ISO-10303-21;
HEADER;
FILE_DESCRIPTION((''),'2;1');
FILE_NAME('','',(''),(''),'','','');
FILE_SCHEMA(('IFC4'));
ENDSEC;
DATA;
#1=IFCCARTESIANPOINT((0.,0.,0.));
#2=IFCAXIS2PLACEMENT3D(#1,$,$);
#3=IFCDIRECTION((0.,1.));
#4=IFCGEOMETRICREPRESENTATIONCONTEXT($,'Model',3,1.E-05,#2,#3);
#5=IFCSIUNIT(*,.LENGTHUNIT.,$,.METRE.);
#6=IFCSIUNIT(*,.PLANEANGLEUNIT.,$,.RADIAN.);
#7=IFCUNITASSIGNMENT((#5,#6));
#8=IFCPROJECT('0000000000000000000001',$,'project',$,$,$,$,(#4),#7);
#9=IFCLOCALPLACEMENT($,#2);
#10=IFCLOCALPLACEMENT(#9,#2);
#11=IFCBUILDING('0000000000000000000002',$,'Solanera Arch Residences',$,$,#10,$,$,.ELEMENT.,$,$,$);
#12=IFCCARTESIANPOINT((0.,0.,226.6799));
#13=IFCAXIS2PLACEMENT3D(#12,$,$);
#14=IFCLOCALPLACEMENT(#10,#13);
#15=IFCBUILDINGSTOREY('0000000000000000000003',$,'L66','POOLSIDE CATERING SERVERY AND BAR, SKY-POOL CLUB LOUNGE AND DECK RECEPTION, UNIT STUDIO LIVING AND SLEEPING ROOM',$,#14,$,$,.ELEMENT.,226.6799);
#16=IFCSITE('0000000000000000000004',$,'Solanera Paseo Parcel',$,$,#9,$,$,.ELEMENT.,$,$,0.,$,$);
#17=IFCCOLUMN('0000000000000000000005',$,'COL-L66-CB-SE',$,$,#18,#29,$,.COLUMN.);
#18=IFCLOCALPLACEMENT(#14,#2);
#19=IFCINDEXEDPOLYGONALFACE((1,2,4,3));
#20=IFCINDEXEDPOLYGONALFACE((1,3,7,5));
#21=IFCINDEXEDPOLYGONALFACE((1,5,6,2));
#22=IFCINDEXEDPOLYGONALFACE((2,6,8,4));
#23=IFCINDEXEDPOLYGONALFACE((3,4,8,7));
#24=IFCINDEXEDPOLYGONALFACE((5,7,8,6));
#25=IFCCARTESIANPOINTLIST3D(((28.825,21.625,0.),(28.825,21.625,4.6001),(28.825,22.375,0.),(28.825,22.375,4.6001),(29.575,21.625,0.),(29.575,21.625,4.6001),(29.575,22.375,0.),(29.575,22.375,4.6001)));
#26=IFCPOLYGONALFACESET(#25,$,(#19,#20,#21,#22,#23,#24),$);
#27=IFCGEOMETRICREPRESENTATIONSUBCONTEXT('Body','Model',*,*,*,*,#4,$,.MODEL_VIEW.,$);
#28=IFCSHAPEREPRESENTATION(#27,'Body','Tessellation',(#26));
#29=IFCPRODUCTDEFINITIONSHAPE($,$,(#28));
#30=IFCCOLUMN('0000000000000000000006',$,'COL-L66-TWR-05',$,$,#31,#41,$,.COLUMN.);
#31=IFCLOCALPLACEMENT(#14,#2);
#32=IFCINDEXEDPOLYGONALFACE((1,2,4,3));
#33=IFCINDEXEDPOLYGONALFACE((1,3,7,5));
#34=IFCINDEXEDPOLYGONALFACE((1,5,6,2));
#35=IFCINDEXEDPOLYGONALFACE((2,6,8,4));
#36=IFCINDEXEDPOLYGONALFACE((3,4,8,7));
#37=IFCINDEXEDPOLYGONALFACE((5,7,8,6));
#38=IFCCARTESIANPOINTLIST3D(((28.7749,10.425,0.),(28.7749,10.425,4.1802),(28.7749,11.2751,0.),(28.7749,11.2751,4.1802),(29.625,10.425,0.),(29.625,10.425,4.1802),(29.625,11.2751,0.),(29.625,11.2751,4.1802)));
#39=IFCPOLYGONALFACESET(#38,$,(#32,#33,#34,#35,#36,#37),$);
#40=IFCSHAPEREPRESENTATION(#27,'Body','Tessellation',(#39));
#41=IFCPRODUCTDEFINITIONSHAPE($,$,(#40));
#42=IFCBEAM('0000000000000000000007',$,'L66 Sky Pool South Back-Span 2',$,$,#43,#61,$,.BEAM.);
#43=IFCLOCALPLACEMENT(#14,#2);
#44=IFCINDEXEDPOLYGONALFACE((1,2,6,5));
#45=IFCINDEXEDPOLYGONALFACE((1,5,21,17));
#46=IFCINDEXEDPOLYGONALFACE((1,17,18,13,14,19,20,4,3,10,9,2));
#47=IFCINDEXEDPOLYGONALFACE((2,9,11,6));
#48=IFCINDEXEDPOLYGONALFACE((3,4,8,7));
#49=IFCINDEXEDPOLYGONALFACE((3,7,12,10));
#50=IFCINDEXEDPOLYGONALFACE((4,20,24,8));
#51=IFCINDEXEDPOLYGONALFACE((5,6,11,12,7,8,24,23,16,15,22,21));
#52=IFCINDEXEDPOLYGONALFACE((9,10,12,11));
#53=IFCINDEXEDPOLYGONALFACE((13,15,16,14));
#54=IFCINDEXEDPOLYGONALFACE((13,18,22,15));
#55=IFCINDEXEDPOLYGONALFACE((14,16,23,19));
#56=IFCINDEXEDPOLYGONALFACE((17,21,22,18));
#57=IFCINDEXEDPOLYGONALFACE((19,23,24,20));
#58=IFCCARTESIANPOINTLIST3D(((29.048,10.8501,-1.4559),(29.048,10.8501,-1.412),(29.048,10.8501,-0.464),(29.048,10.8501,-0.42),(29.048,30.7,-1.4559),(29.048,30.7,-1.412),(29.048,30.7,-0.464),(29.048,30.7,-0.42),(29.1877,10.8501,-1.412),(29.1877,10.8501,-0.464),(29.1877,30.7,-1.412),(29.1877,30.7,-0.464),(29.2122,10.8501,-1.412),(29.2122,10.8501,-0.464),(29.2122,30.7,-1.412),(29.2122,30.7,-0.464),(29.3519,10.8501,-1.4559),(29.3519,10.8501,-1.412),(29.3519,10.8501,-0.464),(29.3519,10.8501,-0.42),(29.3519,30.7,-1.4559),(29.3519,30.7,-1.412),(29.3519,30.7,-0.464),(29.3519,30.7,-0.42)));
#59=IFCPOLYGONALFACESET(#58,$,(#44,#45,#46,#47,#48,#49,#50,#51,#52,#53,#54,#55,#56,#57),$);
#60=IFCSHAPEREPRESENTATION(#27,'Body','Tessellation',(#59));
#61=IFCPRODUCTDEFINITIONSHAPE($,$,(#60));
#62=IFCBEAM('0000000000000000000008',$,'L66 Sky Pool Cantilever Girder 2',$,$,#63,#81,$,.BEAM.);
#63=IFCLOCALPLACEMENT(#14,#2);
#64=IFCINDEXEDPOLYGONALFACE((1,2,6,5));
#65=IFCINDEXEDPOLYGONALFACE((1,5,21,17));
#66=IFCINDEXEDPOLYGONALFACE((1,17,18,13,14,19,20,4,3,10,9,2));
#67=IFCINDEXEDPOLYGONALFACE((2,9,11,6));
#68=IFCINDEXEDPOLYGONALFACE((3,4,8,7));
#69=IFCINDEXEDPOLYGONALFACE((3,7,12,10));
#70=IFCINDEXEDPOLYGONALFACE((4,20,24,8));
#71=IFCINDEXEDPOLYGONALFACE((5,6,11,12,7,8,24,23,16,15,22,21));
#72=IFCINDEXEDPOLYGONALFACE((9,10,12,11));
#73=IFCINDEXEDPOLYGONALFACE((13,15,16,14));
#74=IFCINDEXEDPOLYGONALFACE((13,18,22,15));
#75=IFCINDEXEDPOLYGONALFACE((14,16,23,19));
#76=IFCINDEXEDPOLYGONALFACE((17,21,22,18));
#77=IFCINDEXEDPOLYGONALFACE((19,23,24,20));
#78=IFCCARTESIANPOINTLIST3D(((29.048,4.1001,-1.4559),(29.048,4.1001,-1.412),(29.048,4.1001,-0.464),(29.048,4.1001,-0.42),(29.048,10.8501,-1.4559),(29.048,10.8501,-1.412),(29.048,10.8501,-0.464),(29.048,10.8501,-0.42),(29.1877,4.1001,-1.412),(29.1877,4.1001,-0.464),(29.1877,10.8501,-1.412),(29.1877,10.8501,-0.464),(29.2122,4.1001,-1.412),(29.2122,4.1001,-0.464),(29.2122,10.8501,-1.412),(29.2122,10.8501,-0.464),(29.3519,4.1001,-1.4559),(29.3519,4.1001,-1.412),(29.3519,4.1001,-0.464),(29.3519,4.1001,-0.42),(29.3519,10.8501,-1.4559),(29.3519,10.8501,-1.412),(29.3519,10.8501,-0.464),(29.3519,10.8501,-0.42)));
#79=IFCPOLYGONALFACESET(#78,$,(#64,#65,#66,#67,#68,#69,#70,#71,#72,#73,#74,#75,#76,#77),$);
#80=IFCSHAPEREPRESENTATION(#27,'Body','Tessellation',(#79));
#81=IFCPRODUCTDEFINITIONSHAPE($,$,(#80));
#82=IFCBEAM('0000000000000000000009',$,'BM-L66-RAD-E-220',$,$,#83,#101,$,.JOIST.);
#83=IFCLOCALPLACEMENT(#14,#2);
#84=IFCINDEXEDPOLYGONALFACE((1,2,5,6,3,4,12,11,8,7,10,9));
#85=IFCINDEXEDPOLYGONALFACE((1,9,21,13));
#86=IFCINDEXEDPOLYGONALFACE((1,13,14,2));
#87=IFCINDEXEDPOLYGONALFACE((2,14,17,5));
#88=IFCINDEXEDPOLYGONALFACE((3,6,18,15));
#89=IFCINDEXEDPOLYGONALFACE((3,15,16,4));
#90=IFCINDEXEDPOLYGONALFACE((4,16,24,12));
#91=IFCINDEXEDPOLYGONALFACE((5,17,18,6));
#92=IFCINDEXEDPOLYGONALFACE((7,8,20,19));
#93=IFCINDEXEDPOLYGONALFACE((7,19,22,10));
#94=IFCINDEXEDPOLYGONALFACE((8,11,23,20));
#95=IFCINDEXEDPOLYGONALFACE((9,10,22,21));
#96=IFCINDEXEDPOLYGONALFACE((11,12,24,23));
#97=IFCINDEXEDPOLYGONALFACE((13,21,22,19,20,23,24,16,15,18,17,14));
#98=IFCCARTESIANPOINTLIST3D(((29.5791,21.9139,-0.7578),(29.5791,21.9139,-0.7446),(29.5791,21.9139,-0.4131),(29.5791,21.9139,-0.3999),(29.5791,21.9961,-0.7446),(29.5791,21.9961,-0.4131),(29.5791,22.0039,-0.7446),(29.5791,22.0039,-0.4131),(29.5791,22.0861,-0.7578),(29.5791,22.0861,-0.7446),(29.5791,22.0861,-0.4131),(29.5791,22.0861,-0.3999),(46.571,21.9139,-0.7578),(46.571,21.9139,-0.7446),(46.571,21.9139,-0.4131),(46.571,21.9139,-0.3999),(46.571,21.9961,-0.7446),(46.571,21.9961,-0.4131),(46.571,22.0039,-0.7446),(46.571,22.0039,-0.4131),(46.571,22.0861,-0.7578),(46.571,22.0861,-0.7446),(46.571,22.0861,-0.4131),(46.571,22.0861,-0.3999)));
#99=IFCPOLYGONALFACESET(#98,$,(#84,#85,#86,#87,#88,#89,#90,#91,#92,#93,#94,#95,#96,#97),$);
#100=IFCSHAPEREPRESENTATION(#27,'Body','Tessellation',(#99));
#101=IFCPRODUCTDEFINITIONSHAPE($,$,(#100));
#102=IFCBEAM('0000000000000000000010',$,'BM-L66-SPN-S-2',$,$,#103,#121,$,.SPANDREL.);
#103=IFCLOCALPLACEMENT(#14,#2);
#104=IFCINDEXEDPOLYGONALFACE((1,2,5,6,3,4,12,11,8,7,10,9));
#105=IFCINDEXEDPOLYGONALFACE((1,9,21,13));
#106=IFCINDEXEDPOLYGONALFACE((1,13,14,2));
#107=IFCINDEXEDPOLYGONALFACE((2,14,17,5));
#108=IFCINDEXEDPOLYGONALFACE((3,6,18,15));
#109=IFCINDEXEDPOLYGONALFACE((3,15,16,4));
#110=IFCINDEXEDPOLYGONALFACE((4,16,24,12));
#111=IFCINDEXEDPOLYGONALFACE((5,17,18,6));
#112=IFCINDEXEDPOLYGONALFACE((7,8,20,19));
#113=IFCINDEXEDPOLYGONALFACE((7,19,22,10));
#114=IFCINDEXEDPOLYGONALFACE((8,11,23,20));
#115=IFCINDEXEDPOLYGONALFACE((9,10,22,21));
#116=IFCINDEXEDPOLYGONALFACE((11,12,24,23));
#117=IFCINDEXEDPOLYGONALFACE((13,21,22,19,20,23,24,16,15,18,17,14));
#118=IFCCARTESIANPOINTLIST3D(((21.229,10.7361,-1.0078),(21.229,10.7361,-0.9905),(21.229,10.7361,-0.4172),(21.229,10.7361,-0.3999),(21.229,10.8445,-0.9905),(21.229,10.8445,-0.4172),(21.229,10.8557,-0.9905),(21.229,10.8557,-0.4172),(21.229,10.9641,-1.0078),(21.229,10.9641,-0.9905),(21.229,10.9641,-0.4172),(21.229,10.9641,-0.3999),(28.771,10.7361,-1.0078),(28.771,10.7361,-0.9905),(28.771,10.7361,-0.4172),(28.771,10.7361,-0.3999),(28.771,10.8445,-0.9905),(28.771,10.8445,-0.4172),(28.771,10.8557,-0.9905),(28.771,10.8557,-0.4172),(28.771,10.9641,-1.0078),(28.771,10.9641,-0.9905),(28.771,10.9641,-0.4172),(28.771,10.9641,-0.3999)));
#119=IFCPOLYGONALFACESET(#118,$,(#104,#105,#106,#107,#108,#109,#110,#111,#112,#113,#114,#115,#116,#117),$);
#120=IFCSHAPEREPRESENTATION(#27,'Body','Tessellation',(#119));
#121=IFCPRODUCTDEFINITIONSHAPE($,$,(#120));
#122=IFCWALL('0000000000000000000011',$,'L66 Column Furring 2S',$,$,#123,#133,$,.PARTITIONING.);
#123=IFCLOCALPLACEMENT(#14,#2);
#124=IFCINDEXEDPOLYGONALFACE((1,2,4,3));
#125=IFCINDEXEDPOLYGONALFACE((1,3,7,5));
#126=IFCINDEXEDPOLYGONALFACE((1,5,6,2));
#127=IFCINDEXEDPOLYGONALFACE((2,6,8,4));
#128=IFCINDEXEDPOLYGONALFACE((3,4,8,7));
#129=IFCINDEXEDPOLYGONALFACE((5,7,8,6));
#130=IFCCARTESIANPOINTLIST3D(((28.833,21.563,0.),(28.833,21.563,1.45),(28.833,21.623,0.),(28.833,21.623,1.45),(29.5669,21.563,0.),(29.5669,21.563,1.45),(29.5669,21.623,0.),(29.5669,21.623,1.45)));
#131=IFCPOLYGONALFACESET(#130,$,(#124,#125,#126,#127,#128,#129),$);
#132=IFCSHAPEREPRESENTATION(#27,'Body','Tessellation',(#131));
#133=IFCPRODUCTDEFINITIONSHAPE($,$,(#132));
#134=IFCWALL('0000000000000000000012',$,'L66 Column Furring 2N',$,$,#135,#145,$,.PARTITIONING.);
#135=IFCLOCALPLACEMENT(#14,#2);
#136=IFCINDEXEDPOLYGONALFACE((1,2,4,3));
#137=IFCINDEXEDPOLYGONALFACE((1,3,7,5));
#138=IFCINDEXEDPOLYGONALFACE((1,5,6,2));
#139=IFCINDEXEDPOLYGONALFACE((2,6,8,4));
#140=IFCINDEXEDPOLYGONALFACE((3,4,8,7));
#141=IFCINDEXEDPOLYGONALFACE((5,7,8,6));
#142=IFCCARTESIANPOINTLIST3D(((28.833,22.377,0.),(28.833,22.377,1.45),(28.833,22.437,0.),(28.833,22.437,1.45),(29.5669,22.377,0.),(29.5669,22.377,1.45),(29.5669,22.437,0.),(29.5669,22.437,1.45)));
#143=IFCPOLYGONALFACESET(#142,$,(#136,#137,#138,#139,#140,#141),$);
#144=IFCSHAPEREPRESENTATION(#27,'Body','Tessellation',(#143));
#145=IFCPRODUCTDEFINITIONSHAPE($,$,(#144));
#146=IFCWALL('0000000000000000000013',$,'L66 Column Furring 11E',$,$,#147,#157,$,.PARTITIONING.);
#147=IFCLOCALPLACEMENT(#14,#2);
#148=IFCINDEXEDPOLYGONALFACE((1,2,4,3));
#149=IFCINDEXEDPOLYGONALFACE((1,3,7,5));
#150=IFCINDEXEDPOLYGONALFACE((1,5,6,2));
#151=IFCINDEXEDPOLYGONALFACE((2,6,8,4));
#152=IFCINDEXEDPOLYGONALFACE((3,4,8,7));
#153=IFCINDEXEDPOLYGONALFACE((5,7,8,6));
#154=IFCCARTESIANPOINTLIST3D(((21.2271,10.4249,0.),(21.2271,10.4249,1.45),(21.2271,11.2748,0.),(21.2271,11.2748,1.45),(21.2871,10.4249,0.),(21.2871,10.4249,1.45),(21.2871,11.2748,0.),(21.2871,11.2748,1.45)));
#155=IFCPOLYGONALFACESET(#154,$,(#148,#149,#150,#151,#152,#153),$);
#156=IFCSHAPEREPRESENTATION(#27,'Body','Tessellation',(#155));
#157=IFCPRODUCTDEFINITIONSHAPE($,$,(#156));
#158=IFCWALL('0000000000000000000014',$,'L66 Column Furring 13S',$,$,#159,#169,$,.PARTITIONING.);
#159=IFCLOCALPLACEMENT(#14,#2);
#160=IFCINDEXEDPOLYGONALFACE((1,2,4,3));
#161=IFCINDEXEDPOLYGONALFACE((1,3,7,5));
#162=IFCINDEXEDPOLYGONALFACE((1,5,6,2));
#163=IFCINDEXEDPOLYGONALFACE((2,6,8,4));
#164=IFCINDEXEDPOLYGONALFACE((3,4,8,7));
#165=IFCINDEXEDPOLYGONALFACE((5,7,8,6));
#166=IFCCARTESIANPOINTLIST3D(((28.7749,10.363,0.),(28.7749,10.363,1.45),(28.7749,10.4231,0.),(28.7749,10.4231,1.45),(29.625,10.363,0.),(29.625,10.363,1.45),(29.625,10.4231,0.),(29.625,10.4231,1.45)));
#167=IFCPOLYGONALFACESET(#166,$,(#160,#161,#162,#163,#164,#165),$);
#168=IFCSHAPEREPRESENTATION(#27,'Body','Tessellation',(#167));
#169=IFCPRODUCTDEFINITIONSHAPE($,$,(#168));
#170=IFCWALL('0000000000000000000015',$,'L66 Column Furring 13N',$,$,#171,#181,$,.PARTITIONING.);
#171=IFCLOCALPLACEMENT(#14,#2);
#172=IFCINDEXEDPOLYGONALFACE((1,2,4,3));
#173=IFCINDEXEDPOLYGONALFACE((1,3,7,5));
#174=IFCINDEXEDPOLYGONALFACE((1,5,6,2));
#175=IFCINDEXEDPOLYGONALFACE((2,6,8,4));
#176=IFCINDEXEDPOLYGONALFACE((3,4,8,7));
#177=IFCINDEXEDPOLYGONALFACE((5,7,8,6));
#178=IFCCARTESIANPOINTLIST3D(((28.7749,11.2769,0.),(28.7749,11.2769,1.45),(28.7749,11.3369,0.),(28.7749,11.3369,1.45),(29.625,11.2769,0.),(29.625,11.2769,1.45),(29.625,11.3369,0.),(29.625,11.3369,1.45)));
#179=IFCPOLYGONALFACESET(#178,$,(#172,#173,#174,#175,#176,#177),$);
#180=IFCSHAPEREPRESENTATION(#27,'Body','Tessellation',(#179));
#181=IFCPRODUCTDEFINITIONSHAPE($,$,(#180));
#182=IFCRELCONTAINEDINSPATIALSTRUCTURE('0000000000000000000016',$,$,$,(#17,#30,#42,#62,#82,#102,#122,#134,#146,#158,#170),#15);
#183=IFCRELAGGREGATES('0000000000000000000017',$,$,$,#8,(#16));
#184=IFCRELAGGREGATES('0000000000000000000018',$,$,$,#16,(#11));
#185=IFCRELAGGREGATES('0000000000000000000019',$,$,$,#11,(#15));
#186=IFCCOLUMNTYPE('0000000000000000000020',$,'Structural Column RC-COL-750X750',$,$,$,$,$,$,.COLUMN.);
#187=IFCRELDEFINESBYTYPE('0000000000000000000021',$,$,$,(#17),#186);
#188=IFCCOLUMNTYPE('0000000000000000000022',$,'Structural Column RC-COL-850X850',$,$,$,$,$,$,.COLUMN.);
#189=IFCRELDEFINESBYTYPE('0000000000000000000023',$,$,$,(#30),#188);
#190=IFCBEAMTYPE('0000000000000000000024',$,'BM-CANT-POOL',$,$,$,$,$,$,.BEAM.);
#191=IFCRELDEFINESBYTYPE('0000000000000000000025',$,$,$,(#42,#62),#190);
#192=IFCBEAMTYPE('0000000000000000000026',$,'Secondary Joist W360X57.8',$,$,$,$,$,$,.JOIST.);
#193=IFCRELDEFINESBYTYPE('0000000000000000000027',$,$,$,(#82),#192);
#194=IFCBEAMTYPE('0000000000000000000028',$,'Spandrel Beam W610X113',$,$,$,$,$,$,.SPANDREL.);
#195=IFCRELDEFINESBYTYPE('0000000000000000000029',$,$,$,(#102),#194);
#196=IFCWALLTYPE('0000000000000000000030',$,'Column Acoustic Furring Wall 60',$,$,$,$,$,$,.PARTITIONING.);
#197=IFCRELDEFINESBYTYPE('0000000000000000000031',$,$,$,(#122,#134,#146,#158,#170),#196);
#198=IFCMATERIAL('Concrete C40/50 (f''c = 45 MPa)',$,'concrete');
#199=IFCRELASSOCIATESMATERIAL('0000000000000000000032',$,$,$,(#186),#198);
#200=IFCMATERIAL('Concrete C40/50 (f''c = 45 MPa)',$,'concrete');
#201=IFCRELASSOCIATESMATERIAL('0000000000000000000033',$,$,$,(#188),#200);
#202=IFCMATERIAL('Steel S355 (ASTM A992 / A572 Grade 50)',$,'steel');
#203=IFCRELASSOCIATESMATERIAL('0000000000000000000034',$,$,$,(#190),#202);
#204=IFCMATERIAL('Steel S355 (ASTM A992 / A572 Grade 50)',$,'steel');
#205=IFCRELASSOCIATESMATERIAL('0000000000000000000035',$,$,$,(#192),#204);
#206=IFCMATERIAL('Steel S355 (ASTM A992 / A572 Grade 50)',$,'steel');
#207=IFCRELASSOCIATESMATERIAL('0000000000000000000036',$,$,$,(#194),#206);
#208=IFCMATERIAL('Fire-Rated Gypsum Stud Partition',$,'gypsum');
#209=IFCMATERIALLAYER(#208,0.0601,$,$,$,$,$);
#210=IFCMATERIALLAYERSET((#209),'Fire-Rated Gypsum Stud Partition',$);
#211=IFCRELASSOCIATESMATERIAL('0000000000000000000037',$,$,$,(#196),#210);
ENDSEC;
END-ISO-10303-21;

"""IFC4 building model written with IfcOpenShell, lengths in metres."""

from ifc_helpers import new_model, si_unit, direction, frame, frame_2d, origin, origin_2d, place, context, subcontext, project, spatial, rectangle, i_section, extrude, material, layer, layer_set, material_profile, profile_set, type_object, element, save


model = new_model("IFC4")

# Units and contexts
model_context = context("Model", 3, precision=1e-05, world=origin(), true_north=direction((0.0, 1.0)))
body_context = subcontext(model_context, "Body", "Model", "MODEL_VIEW")
ifc_project = project(units=[si_unit("LENGTHUNIT", "METRE"), si_unit("PLANEANGLEUNIT", "RADIAN")], contexts=[model_context])

# Site, building, storey
site_placement = place(None, origin())
site = spatial("IfcSite", under=ifc_project, at=site_placement, Name="Solanera Paseo Parcel", CompositionType="ELEMENT", RefElevation=0.0)
building_placement = place(site_placement, origin())
building = spatial("IfcBuilding", under=site, at=building_placement, Name="Solanera Arch Residences", CompositionType="ELEMENT")
storey_placement = place(building_placement, frame((0.0, 0.0, 226.6799)))
storey = spatial("IfcBuildingStorey", under=building, at=storey_placement, Name="L66", Description="POOLSIDE CATERING SERVERY AND BAR, SKY-POOL CLUB LOUNGE AND DECK RECEPTION, UNIT STUDIO LIVING AND SLEEPING ROOM", CompositionType="ELEMENT", Elevation=226.6799)

# Columns
ifc_material_1 = material(Name="Concrete C40/50 (f'c = 45 MPa)", Category="concrete")
ifc_material_profile_1 = material_profile(ifc_material_1, rectangle(XDim=0.75, YDim=0.75, at=origin_2d()))
ifc_profile_set_1 = profile_set([ifc_material_profile_1], Name="Concrete C40/50 (f'c = 45 MPa)")
column_type_1 = type_object("IfcColumnType", Name="Structural Column RC-COL-750X750", PredefinedType="COLUMN", material=ifc_profile_set_1)
column_1_placement = place(storey_placement, frame((29.2, 22.0, 0.0), z_axis=(0.0, 0.0, 1.0), x_axis=(1.0, 0.0, 0.0)))
element("IfcColumn", 1, at=column_1_placement, inside=storey, type_object=column_type_1, Name="COL-L66-CB-SE", PredefinedType="COLUMN", context=body_context, shape_type="SweptSolid", body=[
    extrude(rectangle(XDim=0.75, YDim=0.75, at=origin_2d()), origin(), (0.0, 0.0, 1.0), 4.6001),
])
ifc_material_2 = material(Name="Concrete C40/50 (f'c = 45 MPa)", Category="concrete")
ifc_material_profile_2 = material_profile(ifc_material_2, rectangle(XDim=0.8501, YDim=0.8501, at=origin_2d()))
ifc_profile_set_2 = profile_set([ifc_material_profile_2], Name="Concrete C40/50 (f'c = 45 MPa)")
column_type_2 = type_object("IfcColumnType", Name="Structural Column RC-COL-850X850", PredefinedType="COLUMN", material=ifc_profile_set_2)
column_2_placement = place(storey_placement, frame((29.2, 10.8501, 0.0), z_axis=(0.0, 0.0, 1.0), x_axis=(1.0, 0.0, 0.0)))
element("IfcColumn", 2, at=column_2_placement, inside=storey, type_object=column_type_2, Name="COL-L66-TWR-05", PredefinedType="COLUMN", context=body_context, shape_type="SweptSolid", body=[
    extrude(rectangle(XDim=0.8501, YDim=0.8501, at=origin_2d()), origin(), (0.0, 0.0, 1.0), 4.1802),
])

# Beams
ifc_material_3 = material(Name="Steel S355 (ASTM A992 / A572 Grade 50)", Category="steel")
ifc_material_profile_3 = material_profile(ifc_material_3, i_section(OverallWidth=0.304, OverallDepth=1.0359, WebThickness=0.0244, FlangeThickness=0.0439, at=origin_2d()))
ifc_profile_set_3 = profile_set([ifc_material_profile_3], Name="Steel S355 (ASTM A992 / A572 Grade 50)")
beam_type_1 = type_object("IfcBeamType", Name="BM-CANT-POOL", PredefinedType="BEAM", material=ifc_profile_set_3)
beam_1_placement = place(storey_placement, frame((29.2, 10.8501, -0.938), z_axis=(0.0, 1.0, 0.0), x_axis=(-1.0, 0.0, 0.0)))
element("IfcBeam", 3, at=beam_1_placement, inside=storey, type_object=beam_type_1, Name="L66 Sky Pool South Back-Span 2", PredefinedType="BEAM", context=body_context, shape_type="SweptSolid", body=[
    extrude(i_section(OverallWidth=0.304, OverallDepth=1.0359, WebThickness=0.0244, FlangeThickness=0.0439, at=origin_2d()), origin(), (0.0, 0.0, 1.0), 19.8499),
])
beam_2_placement = place(storey_placement, frame((29.2, 4.1001, -0.938), z_axis=(0.0, 1.0, 0.0), x_axis=(-1.0, 0.0, 0.0)))
element("IfcBeam", 4, at=beam_2_placement, inside=storey, type_object=beam_type_1, Name="L66 Sky Pool Cantilever Girder 2", PredefinedType="BEAM", context=body_context, shape_type="SweptSolid", body=[
    extrude(i_section(OverallWidth=0.304, OverallDepth=1.0359, WebThickness=0.0244, FlangeThickness=0.0439, at=origin_2d()), origin(), (0.0, 0.0, 1.0), 6.75),
])
ifc_material_4 = material(Name="Steel S355 (ASTM A992 / A572 Grade 50)", Category="steel")
ifc_material_profile_4 = material_profile(ifc_material_4, i_section(OverallWidth=0.1721, OverallDepth=0.3579, WebThickness=0.0078, FlangeThickness=0.0132, at=origin_2d()))
ifc_profile_set_4 = profile_set([ifc_material_profile_4], Name="Steel S355 (ASTM A992 / A572 Grade 50)")
beam_type_2 = type_object("IfcBeamType", Name="Secondary Joist W360X57.8", PredefinedType="JOIST", material=ifc_profile_set_4)
beam_3_placement = place(storey_placement, frame((29.5791, 22.0, -0.5789), z_axis=(1.0, 0.0, 0.0), x_axis=(0.0, 1.0, 0.0)))
element("IfcBeam", 5, at=beam_3_placement, inside=storey, type_object=beam_type_2, Name="BM-L66-RAD-E-220", PredefinedType="JOIST", context=body_context, shape_type="SweptSolid", body=[
    extrude(i_section(OverallWidth=0.1721, OverallDepth=0.3579, WebThickness=0.0078, FlangeThickness=0.0132, at=origin_2d()), origin(), (0.0, 0.0, 1.0), 16.9919),
])
ifc_material_5 = material(Name="Steel S355 (ASTM A992 / A572 Grade 50)", Category="steel")
ifc_material_profile_5 = material_profile(ifc_material_5, i_section(OverallWidth=0.228, OverallDepth=0.6079, WebThickness=0.0112, FlangeThickness=0.0173, at=origin_2d()))
ifc_profile_set_5 = profile_set([ifc_material_profile_5], Name="Steel S355 (ASTM A992 / A572 Grade 50)")
beam_type_3 = type_object("IfcBeamType", Name="Spandrel Beam W610X113", PredefinedType="SPANDREL", material=ifc_profile_set_5)
beam_4_placement = place(storey_placement, frame((21.229, 10.8501, -0.7039), z_axis=(1.0, 0.0, 0.0), x_axis=(0.0, 1.0, 0.0)))
element("IfcBeam", 6, at=beam_4_placement, inside=storey, type_object=beam_type_3, Name="BM-L66-SPN-S-2", PredefinedType="SPANDREL", context=body_context, shape_type="SweptSolid", body=[
    extrude(i_section(OverallWidth=0.228, OverallDepth=0.6079, WebThickness=0.0112, FlangeThickness=0.0173, at=origin_2d()), origin(), (0.0, 0.0, 1.0), 7.542),
])

# Walls
ifc_material_6 = material(Name="Fire-Rated Gypsum Stud Partition", Category="gypsum")
ifc_layer_1 = layer(ifc_material_6, 0.0601)
ifc_layer_set_1 = layer_set([ifc_layer_1], Name="Fire-Rated Gypsum Stud Partition")
wall_type_1 = type_object("IfcWallType", Name="Column Acoustic Furring Wall 60", PredefinedType="PARTITIONING", material=ifc_layer_set_1)
for number, where, z_axis, x_axis, name in (
    (7, (28.833, 21.593, 0.0), (0.0, 0.0, 1.0), (1.0, 0.0, 0.0), "L66 Column Furring 2S"),
    (8, (28.833, 22.407, 0.0), (0.0, 0.0, 1.0), (1.0, 0.0, 0.0), "L66 Column Furring 2N"),
):
    element("IfcWall", number, at=place(storey_placement, frame(where, z_axis=z_axis, x_axis=x_axis)), inside=storey, type_object=wall_type_1, Name=name, PredefinedType="PARTITIONING", context=body_context, shape_type="SweptSolid", body=[
        extrude(rectangle(XDim=0.7339, YDim=0.0601, at=frame_2d((0.3669, 0.0))), origin(), (0.0, 0.0, 1.0), 1.45),
    ])
wall_1_placement = place(storey_placement, frame((21.2571, 10.425, 0.0), z_axis=(0.0, 0.0, 1.0), x_axis=(0.0, 1.0, 0.0)))
element("IfcWall", 9, at=wall_1_placement, inside=storey, type_object=wall_type_1, Name="L66 Column Furring 11E", PredefinedType="PARTITIONING", context=body_context, shape_type="SweptSolid", body=[
    extrude(rectangle(XDim=0.8499, YDim=0.0601, at=frame_2d((0.4248, 0.0))), origin(), (0.0, 0.0, 1.0), 1.45),
])
for number, where, z_axis, x_axis, name in (
    (10, (28.7749, 10.3931, 0.0), (0.0, 0.0, 1.0), (1.0, 0.0, 0.0), "L66 Column Furring 13S"),
    (11, (28.7749, 11.3069, 0.0), (0.0, 0.0, 1.0), (1.0, 0.0, 0.0), "L66 Column Furring 13N"),
):
    element("IfcWall", number, at=place(storey_placement, frame(where, z_axis=z_axis, x_axis=x_axis)), inside=storey, type_object=wall_type_1, Name=name, PredefinedType="PARTITIONING", context=body_context, shape_type="SweptSolid", body=[
        extrude(rectangle(XDim=0.8501, YDim=0.0601, at=frame_2d((0.425, 0.0))), origin(), (0.0, 0.0, 1.0), 1.45),
    ])

save(model, "model.ifc")
